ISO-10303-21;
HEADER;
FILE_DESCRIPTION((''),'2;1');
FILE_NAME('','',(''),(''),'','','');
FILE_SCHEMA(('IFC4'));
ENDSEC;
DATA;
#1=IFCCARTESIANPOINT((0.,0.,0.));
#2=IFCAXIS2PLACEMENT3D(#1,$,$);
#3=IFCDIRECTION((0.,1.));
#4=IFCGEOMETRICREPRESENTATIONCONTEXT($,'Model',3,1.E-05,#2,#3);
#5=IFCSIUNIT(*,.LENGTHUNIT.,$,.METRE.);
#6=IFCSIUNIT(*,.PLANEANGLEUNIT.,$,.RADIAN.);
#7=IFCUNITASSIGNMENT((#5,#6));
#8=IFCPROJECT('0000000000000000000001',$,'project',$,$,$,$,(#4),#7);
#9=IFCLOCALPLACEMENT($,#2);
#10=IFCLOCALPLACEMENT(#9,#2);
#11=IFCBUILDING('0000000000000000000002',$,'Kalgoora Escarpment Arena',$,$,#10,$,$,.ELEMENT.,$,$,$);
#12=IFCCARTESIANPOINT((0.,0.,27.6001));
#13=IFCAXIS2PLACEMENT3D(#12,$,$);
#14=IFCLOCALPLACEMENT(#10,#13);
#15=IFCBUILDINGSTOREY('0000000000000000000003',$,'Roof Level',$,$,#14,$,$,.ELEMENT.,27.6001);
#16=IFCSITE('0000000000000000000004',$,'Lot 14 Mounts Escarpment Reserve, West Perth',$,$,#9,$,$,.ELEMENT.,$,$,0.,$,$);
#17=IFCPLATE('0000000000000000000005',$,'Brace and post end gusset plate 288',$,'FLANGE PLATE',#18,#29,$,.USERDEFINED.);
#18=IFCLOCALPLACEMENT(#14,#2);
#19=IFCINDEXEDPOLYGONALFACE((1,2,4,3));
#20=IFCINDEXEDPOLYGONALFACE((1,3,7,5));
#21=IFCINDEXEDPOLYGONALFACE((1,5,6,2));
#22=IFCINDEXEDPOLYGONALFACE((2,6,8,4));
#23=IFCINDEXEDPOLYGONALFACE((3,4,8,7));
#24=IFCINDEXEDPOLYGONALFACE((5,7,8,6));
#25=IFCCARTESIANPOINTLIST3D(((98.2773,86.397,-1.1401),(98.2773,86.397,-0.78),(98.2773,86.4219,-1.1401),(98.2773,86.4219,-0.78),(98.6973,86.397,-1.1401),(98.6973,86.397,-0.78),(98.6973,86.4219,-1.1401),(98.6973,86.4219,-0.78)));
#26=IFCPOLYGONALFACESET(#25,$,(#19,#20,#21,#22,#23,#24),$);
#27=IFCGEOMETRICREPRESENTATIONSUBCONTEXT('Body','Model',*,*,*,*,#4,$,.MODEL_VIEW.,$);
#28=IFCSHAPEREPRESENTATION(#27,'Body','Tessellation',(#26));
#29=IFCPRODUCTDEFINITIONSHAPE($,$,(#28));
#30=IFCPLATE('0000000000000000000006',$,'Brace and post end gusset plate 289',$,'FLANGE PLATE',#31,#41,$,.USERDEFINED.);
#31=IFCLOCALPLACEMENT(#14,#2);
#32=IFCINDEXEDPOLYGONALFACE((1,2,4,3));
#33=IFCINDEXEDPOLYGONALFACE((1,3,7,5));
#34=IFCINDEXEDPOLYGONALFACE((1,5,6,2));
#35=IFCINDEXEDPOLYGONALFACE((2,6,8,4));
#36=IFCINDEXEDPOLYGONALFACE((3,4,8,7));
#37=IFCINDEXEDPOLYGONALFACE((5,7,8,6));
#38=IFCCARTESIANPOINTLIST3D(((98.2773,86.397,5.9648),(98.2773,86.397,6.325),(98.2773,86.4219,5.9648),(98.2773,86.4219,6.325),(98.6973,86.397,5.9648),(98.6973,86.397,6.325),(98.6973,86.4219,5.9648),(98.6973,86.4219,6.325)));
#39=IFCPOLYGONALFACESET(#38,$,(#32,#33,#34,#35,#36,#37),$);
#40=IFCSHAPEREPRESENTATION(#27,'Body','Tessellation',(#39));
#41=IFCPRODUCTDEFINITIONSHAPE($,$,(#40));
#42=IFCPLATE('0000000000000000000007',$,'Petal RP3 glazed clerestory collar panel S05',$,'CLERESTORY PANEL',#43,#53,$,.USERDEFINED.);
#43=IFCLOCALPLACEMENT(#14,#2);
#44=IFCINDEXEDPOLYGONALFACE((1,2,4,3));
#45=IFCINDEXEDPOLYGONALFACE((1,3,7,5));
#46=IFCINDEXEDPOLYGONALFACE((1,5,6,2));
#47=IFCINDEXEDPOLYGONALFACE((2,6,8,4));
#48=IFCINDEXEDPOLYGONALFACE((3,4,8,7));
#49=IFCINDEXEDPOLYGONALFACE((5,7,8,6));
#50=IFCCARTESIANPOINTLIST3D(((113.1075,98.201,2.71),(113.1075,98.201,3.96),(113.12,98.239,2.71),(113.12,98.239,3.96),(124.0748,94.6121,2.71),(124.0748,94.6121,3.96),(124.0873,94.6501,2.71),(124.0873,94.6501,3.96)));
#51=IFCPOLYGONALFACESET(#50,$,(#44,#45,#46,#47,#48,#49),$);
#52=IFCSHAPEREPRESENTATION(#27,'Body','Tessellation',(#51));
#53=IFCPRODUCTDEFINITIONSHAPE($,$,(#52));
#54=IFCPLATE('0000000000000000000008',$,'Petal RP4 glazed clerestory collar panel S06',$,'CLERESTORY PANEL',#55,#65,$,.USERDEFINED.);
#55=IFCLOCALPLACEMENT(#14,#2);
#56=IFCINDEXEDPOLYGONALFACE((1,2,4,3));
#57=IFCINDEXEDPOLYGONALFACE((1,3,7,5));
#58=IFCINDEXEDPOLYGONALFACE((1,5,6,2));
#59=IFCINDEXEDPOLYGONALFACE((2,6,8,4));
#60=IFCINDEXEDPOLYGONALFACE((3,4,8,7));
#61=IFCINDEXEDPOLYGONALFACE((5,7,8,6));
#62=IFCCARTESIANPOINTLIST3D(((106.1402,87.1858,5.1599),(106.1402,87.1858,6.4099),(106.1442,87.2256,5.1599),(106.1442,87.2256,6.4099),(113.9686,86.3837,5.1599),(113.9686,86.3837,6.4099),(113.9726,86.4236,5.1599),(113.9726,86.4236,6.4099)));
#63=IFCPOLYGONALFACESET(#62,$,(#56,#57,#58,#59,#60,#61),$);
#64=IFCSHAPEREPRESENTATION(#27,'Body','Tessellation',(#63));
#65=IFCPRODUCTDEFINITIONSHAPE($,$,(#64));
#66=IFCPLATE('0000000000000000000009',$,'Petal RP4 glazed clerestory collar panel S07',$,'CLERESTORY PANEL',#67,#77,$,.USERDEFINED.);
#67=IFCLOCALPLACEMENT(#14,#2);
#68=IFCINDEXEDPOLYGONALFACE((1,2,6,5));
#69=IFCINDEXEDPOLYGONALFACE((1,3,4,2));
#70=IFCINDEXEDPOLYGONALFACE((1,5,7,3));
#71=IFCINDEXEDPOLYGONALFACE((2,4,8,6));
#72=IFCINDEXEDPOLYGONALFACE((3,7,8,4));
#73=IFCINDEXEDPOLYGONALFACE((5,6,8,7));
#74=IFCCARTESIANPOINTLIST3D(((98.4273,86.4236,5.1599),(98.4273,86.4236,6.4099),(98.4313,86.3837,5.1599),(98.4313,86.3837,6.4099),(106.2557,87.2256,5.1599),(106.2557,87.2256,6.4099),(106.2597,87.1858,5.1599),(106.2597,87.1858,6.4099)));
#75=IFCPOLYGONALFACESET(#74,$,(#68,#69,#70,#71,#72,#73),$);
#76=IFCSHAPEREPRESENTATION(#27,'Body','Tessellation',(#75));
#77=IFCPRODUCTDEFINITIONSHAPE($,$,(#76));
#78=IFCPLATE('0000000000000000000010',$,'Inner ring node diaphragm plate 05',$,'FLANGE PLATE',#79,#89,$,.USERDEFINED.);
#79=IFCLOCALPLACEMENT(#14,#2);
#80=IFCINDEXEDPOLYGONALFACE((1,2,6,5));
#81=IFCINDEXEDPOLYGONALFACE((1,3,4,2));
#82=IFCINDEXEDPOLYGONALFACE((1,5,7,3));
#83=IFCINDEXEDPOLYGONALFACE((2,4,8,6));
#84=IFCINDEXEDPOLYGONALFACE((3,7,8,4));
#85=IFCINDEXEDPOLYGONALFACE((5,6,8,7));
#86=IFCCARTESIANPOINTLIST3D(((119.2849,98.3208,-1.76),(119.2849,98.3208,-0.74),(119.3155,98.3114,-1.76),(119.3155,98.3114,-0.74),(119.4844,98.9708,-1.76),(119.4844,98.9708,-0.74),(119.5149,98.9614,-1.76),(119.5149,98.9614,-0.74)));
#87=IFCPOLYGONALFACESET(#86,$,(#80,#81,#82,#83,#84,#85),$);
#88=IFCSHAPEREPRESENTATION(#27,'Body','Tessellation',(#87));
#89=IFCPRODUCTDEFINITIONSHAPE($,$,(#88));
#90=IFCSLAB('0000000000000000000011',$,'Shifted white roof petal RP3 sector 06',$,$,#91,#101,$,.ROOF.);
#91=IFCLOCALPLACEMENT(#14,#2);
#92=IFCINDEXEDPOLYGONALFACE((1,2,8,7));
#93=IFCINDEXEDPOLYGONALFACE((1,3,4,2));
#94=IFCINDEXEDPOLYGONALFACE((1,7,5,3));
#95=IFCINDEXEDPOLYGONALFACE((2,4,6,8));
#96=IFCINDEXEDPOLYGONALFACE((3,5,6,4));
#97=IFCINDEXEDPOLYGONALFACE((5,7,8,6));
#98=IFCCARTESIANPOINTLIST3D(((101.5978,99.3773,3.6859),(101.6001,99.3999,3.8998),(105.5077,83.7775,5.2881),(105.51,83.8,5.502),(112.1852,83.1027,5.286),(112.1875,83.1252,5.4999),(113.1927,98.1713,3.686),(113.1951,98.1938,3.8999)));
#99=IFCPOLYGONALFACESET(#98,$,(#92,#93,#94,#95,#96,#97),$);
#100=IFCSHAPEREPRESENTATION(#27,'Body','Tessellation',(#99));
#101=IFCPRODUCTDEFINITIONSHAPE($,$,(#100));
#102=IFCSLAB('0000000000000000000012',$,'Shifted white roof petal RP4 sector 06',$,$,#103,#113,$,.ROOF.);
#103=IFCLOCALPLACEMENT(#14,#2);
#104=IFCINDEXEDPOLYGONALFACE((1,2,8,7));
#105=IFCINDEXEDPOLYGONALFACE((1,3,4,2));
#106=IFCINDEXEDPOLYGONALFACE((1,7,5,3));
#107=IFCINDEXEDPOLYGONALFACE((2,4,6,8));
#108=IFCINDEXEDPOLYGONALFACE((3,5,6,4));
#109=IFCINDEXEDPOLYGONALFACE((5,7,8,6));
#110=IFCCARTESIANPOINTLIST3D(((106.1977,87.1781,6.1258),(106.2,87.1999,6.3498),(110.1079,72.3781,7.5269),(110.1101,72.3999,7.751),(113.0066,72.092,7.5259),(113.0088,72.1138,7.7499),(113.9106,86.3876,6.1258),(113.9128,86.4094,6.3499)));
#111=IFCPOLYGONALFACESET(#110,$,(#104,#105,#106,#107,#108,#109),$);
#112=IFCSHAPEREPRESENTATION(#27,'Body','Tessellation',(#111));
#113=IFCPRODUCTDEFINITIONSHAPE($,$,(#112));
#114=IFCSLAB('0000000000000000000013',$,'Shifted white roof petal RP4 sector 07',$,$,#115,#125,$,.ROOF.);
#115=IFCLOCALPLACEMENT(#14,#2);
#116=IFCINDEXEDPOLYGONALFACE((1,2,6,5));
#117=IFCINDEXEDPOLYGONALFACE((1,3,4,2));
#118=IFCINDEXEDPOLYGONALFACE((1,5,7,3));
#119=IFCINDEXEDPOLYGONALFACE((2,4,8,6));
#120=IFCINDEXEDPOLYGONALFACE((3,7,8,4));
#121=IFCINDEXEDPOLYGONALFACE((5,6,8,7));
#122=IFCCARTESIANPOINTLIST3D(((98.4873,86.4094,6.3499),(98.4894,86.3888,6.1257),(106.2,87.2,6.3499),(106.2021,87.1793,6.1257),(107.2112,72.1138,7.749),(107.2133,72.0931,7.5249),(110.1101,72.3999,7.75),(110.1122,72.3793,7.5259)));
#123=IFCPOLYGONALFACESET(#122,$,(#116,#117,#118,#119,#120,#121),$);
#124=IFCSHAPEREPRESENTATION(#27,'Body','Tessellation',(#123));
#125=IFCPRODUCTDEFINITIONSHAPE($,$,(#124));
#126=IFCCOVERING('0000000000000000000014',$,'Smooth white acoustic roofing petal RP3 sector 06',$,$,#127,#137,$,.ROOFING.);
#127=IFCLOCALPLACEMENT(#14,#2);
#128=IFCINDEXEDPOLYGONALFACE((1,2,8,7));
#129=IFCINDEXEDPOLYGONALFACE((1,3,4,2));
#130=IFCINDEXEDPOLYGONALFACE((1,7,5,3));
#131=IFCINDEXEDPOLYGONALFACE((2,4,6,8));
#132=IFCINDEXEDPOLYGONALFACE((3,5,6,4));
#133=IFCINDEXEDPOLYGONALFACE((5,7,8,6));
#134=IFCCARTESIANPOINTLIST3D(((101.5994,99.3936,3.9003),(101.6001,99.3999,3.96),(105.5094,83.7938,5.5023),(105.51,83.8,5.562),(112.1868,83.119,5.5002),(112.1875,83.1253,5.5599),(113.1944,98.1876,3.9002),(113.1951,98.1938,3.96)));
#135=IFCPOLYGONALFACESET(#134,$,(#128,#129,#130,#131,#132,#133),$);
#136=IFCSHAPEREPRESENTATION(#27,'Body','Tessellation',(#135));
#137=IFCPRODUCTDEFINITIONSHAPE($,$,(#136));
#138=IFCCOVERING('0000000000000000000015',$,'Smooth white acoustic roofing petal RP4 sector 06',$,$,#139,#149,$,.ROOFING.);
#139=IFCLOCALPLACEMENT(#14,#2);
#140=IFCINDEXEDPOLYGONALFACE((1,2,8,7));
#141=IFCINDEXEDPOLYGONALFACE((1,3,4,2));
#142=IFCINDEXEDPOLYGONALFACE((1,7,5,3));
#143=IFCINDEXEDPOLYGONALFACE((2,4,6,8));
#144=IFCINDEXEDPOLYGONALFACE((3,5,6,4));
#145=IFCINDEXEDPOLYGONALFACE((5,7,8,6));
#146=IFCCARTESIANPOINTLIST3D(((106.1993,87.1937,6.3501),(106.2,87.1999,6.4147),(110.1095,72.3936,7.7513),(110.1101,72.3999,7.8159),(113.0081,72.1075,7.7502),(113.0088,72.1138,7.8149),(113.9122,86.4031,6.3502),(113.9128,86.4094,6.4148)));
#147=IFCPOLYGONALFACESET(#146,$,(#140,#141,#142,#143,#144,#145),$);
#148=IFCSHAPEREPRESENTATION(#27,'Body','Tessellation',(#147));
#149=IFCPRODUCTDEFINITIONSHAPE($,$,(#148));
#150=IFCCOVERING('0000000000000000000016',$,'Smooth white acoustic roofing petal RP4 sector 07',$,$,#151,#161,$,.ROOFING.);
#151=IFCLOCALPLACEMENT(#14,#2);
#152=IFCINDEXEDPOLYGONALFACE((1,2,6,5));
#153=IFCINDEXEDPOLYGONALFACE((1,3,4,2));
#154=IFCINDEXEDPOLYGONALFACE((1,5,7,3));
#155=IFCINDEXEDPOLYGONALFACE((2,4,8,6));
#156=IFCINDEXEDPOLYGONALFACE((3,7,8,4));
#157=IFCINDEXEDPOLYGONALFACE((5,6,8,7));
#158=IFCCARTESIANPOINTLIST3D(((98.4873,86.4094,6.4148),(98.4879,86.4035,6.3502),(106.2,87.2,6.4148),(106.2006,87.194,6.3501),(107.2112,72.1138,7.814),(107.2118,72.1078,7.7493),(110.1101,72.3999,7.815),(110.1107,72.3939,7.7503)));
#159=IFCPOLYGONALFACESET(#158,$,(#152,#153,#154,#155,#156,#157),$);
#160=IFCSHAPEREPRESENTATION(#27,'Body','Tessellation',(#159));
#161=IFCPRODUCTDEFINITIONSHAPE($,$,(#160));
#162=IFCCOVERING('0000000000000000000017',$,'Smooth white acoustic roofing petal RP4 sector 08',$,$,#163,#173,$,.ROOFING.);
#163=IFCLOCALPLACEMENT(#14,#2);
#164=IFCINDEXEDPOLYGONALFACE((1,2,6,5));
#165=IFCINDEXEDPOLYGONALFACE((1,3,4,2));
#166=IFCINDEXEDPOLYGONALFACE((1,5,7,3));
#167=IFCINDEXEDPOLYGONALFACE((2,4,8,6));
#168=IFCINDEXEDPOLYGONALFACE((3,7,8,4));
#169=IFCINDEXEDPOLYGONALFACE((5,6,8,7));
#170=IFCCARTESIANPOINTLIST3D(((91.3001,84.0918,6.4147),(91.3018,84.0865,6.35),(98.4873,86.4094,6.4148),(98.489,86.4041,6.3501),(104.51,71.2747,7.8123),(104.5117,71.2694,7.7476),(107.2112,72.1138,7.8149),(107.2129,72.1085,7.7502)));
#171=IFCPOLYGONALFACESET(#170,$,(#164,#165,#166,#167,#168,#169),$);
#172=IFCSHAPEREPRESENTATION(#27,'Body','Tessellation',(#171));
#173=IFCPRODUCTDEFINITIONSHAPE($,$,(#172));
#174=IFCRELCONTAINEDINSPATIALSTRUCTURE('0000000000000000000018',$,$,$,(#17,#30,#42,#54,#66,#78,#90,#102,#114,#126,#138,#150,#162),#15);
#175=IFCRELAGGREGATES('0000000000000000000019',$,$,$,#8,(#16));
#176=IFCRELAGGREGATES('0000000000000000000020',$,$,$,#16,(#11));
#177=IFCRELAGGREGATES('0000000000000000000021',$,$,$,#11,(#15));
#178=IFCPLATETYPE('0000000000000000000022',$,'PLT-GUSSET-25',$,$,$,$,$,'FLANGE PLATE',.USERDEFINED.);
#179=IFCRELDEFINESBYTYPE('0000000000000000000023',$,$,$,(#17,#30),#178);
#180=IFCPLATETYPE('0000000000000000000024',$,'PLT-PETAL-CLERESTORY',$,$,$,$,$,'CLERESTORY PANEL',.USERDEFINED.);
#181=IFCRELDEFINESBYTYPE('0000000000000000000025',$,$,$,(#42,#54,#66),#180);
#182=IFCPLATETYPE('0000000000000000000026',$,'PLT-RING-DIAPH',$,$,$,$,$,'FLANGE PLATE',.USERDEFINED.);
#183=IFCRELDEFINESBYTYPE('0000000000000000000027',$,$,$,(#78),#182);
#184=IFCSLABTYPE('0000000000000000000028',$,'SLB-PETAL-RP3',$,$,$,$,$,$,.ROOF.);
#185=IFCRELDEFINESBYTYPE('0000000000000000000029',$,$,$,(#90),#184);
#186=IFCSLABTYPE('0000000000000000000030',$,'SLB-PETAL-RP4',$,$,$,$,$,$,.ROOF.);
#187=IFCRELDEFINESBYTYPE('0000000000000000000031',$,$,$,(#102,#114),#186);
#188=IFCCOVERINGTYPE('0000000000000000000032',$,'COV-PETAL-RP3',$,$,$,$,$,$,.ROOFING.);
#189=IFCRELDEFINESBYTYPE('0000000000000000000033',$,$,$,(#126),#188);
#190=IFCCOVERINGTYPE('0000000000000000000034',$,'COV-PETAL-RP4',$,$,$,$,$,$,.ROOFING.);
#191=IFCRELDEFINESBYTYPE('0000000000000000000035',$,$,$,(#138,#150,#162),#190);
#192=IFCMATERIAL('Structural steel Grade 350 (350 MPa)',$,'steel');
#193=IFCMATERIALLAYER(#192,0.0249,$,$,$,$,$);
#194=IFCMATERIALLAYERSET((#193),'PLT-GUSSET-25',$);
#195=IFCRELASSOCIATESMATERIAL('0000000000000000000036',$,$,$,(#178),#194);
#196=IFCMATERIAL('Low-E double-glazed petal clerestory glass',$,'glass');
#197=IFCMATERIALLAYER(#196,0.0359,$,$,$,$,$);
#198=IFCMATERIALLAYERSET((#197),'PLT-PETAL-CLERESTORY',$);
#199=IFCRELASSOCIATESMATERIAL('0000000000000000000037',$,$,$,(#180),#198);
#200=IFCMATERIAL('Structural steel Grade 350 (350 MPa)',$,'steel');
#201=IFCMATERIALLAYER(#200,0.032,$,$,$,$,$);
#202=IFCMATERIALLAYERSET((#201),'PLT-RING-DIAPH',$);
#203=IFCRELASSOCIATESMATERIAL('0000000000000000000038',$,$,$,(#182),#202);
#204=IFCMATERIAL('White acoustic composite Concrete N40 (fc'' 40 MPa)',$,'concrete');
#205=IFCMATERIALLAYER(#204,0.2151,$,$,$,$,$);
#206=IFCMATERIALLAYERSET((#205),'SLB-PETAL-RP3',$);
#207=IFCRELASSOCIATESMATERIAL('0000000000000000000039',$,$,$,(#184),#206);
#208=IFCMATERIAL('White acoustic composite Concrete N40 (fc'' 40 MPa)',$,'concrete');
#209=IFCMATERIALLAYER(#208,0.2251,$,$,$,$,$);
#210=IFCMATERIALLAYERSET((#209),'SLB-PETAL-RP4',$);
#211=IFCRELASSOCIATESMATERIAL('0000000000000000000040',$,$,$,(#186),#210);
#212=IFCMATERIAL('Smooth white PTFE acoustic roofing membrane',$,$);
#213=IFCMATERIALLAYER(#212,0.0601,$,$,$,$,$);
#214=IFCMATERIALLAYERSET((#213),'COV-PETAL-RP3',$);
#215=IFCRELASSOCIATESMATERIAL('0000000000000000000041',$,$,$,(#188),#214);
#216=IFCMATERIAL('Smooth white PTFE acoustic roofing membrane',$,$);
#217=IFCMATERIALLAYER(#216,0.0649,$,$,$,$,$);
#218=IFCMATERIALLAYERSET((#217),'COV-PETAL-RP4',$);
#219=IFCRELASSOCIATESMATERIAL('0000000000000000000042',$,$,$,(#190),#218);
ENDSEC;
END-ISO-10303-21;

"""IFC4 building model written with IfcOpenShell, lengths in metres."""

from ifc_helpers import new_model, si_unit, direction, frame, origin, origin_2d, place, context, subcontext, project, spatial, polyline, rectangle, outline, extrude, material, layer, layer_set, type_object, element, save


model = new_model("IFC4")

# Units and contexts
model_context = context("Model", 3, precision=1e-05, world=origin(), true_north=direction((0.0, 1.0)))
body_context = subcontext(model_context, "Body", "Model", "MODEL_VIEW")
ifc_project = project(units=[si_unit("LENGTHUNIT", "METRE"), si_unit("PLANEANGLEUNIT", "RADIAN")], contexts=[model_context])

# Site, building, storey
site_placement = place(None, origin())
site = spatial("IfcSite", under=ifc_project, at=site_placement, Name="Lot 14 Mounts Escarpment Reserve, West Perth", CompositionType="ELEMENT", RefElevation=0.0)
building_placement = place(site_placement, origin())
building = spatial("IfcBuilding", under=site, at=building_placement, Name="Kalgoora Escarpment Arena", CompositionType="ELEMENT")
storey_placement = place(building_placement, frame((0.0, 0.0, 27.6001)))
storey = spatial("IfcBuildingStorey", under=building, at=storey_placement, Name="Roof Level", CompositionType="ELEMENT", Elevation=27.6001)

# Plates
ifc_material_1 = material(Name="Structural steel Grade 350 (350 MPa)", Category="steel")
ifc_layer_1 = layer(ifc_material_1, 0.0249)
ifc_layer_set_1 = layer_set([ifc_layer_1], Name="PLT-GUSSET-25")
plate_type_1 = type_object("IfcPlateType", Name="PLT-GUSSET-25", ElementType="FLANGE PLATE", PredefinedType="USERDEFINED", material=ifc_layer_set_1)
for number, where, z_axis, x_axis, name in (
    (1, (98.4873, 86.4094, -1.1401), (0.0, 0.0, 1.0), (1.0, 0.0, 0.0), "Brace and post end gusset plate 288"),
    (2, (98.4873, 86.4094, 5.9648), (0.0, 0.0, 1.0), (1.0, 0.0, 0.0), "Brace and post end gusset plate 289"),
):
    element("IfcPlate", number, at=place(storey_placement, frame(where, z_axis=z_axis, x_axis=x_axis)), inside=storey, type_object=plate_type_1, Name=name, ObjectType="FLANGE PLATE", PredefinedType="USERDEFINED", context=body_context, shape_type="SweptSolid", body=[
        extrude(rectangle(XDim=0.4199, YDim=0.0249, at=origin_2d()), origin(), (0.0, 0.0, 1.0), 0.3601),
    ])
ifc_material_2 = material(Name="Low-E double-glazed petal clerestory glass", Category="glass")
ifc_layer_2 = layer(ifc_material_2, 0.0359)
ifc_layer_set_2 = layer_set([ifc_layer_2], Name="PLT-PETAL-CLERESTORY")
plate_type_2 = type_object("IfcPlateType", Name="PLT-PETAL-CLERESTORY", ElementType="CLERESTORY PANEL", PredefinedType="USERDEFINED", material=ifc_layer_set_2)
plate_1_placement = place(storey_placement, frame((118.5974, 96.4255, 2.71), z_axis=(0.0, 0.0, 1.0), x_axis=(-0.950407, 0.311008, 0.0)))
element("IfcPlate", 3, at=plate_1_placement, inside=storey, type_object=plate_type_2, Name="Petal RP3 glazed clerestory collar panel S05", ObjectType="CLERESTORY PANEL", PredefinedType="USERDEFINED", context=body_context, shape_type="SweptSolid", body=[
    extrude(rectangle(XDim=11.5396, YDim=0.04, at=origin_2d()), origin(), (0.0, 0.0, 1.0), 1.25),
])
for number, where, z_axis, x_axis, name in (
    (4, (110.0564, 86.8047, 5.1599), (0.0, 0.0, 1.0), (-0.994792, 0.101924, 0.0), "Petal RP4 glazed clerestory collar panel S06"),
    (5, (102.3435, 86.8047, 5.1599), (0.0, 0.0, 1.0), (-0.994792, -0.101924, 0.0), "Petal RP4 glazed clerestory collar panel S07"),
):
    element("IfcPlate", number, at=place(storey_placement, frame(where, z_axis=z_axis, x_axis=x_axis)), inside=storey, type_object=plate_type_2, Name=name, ObjectType="CLERESTORY PANEL", PredefinedType="USERDEFINED", context=body_context, shape_type="SweptSolid", body=[
        extrude(rectangle(XDim=7.8694, YDim=0.04, at=origin_2d()), origin(), (0.0, 0.0, 1.0), 1.25),
    ])
ifc_material_3 = material(Name="Structural steel Grade 350 (350 MPa)", Category="steel")
ifc_layer_3 = layer(ifc_material_3, 0.032)
ifc_layer_set_3 = layer_set([ifc_layer_3], Name="PLT-RING-DIAPH")
plate_type_3 = type_object("IfcPlateType", Name="PLT-RING-DIAPH", ElementType="FLANGE PLATE", PredefinedType="USERDEFINED", material=ifc_layer_set_3)
plate_2_placement = place(storey_placement, frame((119.3999, 98.6411, -1.76), z_axis=(0.0, 0.0, 1.0), x_axis=(-0.955998, 0.293373, 0.0)))
element("IfcPlate", 6, at=plate_2_placement, inside=storey, type_object=plate_type_3, Name="Inner ring node diaphragm plate 05", ObjectType="FLANGE PLATE", PredefinedType="USERDEFINED", context=body_context, shape_type="SweptSolid", body=[
    extrude(rectangle(XDim=0.032, YDim=0.6799, at=origin_2d()), origin(), (0.0, 0.0, 1.0), 1.02),
])

# Slabs
ifc_material_4 = material(Name="White acoustic composite Concrete N40 (fc' 40 MPa)", Category="concrete")
ifc_layer_4 = layer(ifc_material_4, 0.2151)
ifc_layer_set_4 = layer_set([ifc_layer_4], Name="SLB-PETAL-RP3")
slab_type_1 = type_object("IfcSlabType", Name="SLB-PETAL-RP3", PredefinedType="ROOF", material=ifc_layer_set_4)
slab_1_placement = place(storey_placement, frame((113.1951, 98.1938, 3.8999), z_axis=(0.0109, 0.104861, 0.994427), x_axis=(-0.994634, 0.103456, -0.000007)))
element("IfcSlab", 7, at=slab_1_placement, inside=storey, type_object=slab_type_1, Name="Shifted white roof petal RP3 sector 06", PredefinedType="ROOF", context=body_context, shape_type="SweptSolid", body=[
    extrude(outline(polyline([(0.0, 0.0), (11.6575, 0.0), (6.1547, 15.1963), (-0.5568, 15.1766), (0.0, 0.0)])), origin(), (0.0, 0.0, -1.0), 0.2151),
])
ifc_material_5 = material(Name="White acoustic composite Concrete N40 (fc' 40 MPa)", Category="concrete")
ifc_layer_5 = layer(ifc_material_5, 0.2251)
ifc_layer_set_5 = layer_set([ifc_layer_5], Name="SLB-PETAL-RP4")
slab_type_2 = type_object("IfcSlabType", Name="SLB-PETAL-RP4", PredefinedType="ROOF", material=ifc_layer_set_5)
slab_2_placement = place(storey_placement, frame((113.9128, 86.4094, 6.3499), z_axis=(0.009918, 0.096845, 0.99525), x_axis=(-0.994789, 0.101959, -0.000008)))
element("IfcSlab", 8, at=slab_2_placement, inside=storey, type_object=slab_type_2, Name="Shifted white roof petal RP4 sector 06", PredefinedType="ROOF", context=body_context, shape_type="SweptSolid", body=[
    extrude(outline(polyline([(0.0, 0.0), (7.7533, 0.0), (2.3545, 14.3926), (-0.5582, 14.3816), (0.0, 0.0)])), origin(), (0.0, 0.0, -1.0), 0.2251),
])
slab_3_placement = place(storey_placement, frame((106.2, 87.2, 6.3499), z_axis=(-0.009398, 0.09172, 0.99574), x_axis=(-0.994788, -0.101963, 0.000003)))
element("IfcSlab", 9, at=slab_3_placement, inside=storey, type_object=slab_type_2, Name="Shifted white roof petal RP4 sector 07", PredefinedType="ROOF", context=body_context, shape_type="SweptSolid", body=[
    extrude(outline(polyline([(0.0, 0.0), (7.7531, 0.0), (0.5323, 15.1753), (-2.3807, 15.1863), (0.0, 0.0)])), origin(), (0.0, 0.0, -1.0), 0.2251),
])

# Coverings
ifc_material_6 = material(Name="Smooth white PTFE acoustic roofing membrane")
ifc_layer_6 = layer(ifc_material_6, 0.0601)
ifc_layer_set_6 = layer_set([ifc_layer_6], Name="COV-PETAL-RP3")
covering_type_1 = type_object("IfcCoveringType", Name="COV-PETAL-RP3", PredefinedType="ROOFING", material=ifc_layer_set_6)
covering_1_placement = place(storey_placement, frame((113.1951, 98.1938, 3.96), z_axis=(0.010913, 0.104855, 0.994428), x_axis=(-0.994634, 0.103458, 0.000006)))
element("IfcCovering", 10, at=covering_1_placement, inside=storey, type_object=covering_type_1, Name="Smooth white acoustic roofing petal RP3 sector 06", PredefinedType="ROOFING", context=body_context, shape_type="SweptSolid", body=[
    extrude(outline(polyline([(0.0, 0.0), (11.6575, 0.0), (6.1547, 15.1963), (-0.5568, 15.1765), (0.0, 0.0)])), origin(), (0.0, 0.0, -1.0), 0.0601),
])
ifc_material_7 = material(Name="Smooth white PTFE acoustic roofing membrane")
ifc_layer_7 = layer(ifc_material_7, 0.0649)
ifc_layer_set_7 = layer_set([ifc_layer_7], Name="COV-PETAL-RP4")
covering_type_2 = type_object("IfcCoveringType", Name="COV-PETAL-RP4", PredefinedType="ROOFING", material=ifc_layer_set_7)
covering_2_placement = place(storey_placement, frame((113.9128, 86.4094, 6.4148), z_axis=(0.009918, 0.096845, 0.99525), x_axis=(-0.994789, 0.101959, -0.000008)))
element("IfcCovering", 11, at=covering_2_placement, inside=storey, type_object=covering_type_2, Name="Smooth white acoustic roofing petal RP4 sector 06", PredefinedType="ROOFING", context=body_context, shape_type="SweptSolid", body=[
    extrude(outline(polyline([(0.0, 0.0), (7.7533, 0.0), (2.3545, 14.3926), (-0.5582, 14.3816), (0.0, 0.0)])), origin(), (0.0, 0.0, -1.0), 0.0649),
])
covering_3_placement = place(storey_placement, frame((106.2, 87.2, 6.4148), z_axis=(-0.009398, 0.09172, 0.99574), x_axis=(-0.994788, -0.101963, 0.000003)))
element("IfcCovering", 12, at=covering_3_placement, inside=storey, type_object=covering_type_2, Name="Smooth white acoustic roofing petal RP4 sector 07", PredefinedType="ROOFING", context=body_context, shape_type="SweptSolid", body=[
    extrude(outline(polyline([(0.0, 0.0), (7.7531, 0.0), (0.5323, 15.1753), (-2.3807, 15.1863), (0.0, 0.0)])), origin(), (0.0, 0.0, -1.0), 0.0649),
])
covering_4_placement = place(storey_placement, frame((98.4873, 86.4094, 6.4148), z_axis=(-0.026298, 0.08153, 0.996324), x_axis=(-0.951741, -0.306902, -0.000007)))
element("IfcCovering", 13, at=covering_4_placement, inside=storey, type_object=covering_type_2, Name="Smooth white acoustic roofing petal RP4 sector 08", PredefinedType="ROOFING", context=body_context, shape_type="SweptSolid", body=[
    extrude(outline(polyline([(0.0, 0.0), (7.5517, 0.0), (-1.0872, 16.3127), (-3.9155, 16.3432), (0.0, 0.0)])), origin(), (0.0, 0.0, -1.0), 0.0649),
])

save(model, "model.ifc")
